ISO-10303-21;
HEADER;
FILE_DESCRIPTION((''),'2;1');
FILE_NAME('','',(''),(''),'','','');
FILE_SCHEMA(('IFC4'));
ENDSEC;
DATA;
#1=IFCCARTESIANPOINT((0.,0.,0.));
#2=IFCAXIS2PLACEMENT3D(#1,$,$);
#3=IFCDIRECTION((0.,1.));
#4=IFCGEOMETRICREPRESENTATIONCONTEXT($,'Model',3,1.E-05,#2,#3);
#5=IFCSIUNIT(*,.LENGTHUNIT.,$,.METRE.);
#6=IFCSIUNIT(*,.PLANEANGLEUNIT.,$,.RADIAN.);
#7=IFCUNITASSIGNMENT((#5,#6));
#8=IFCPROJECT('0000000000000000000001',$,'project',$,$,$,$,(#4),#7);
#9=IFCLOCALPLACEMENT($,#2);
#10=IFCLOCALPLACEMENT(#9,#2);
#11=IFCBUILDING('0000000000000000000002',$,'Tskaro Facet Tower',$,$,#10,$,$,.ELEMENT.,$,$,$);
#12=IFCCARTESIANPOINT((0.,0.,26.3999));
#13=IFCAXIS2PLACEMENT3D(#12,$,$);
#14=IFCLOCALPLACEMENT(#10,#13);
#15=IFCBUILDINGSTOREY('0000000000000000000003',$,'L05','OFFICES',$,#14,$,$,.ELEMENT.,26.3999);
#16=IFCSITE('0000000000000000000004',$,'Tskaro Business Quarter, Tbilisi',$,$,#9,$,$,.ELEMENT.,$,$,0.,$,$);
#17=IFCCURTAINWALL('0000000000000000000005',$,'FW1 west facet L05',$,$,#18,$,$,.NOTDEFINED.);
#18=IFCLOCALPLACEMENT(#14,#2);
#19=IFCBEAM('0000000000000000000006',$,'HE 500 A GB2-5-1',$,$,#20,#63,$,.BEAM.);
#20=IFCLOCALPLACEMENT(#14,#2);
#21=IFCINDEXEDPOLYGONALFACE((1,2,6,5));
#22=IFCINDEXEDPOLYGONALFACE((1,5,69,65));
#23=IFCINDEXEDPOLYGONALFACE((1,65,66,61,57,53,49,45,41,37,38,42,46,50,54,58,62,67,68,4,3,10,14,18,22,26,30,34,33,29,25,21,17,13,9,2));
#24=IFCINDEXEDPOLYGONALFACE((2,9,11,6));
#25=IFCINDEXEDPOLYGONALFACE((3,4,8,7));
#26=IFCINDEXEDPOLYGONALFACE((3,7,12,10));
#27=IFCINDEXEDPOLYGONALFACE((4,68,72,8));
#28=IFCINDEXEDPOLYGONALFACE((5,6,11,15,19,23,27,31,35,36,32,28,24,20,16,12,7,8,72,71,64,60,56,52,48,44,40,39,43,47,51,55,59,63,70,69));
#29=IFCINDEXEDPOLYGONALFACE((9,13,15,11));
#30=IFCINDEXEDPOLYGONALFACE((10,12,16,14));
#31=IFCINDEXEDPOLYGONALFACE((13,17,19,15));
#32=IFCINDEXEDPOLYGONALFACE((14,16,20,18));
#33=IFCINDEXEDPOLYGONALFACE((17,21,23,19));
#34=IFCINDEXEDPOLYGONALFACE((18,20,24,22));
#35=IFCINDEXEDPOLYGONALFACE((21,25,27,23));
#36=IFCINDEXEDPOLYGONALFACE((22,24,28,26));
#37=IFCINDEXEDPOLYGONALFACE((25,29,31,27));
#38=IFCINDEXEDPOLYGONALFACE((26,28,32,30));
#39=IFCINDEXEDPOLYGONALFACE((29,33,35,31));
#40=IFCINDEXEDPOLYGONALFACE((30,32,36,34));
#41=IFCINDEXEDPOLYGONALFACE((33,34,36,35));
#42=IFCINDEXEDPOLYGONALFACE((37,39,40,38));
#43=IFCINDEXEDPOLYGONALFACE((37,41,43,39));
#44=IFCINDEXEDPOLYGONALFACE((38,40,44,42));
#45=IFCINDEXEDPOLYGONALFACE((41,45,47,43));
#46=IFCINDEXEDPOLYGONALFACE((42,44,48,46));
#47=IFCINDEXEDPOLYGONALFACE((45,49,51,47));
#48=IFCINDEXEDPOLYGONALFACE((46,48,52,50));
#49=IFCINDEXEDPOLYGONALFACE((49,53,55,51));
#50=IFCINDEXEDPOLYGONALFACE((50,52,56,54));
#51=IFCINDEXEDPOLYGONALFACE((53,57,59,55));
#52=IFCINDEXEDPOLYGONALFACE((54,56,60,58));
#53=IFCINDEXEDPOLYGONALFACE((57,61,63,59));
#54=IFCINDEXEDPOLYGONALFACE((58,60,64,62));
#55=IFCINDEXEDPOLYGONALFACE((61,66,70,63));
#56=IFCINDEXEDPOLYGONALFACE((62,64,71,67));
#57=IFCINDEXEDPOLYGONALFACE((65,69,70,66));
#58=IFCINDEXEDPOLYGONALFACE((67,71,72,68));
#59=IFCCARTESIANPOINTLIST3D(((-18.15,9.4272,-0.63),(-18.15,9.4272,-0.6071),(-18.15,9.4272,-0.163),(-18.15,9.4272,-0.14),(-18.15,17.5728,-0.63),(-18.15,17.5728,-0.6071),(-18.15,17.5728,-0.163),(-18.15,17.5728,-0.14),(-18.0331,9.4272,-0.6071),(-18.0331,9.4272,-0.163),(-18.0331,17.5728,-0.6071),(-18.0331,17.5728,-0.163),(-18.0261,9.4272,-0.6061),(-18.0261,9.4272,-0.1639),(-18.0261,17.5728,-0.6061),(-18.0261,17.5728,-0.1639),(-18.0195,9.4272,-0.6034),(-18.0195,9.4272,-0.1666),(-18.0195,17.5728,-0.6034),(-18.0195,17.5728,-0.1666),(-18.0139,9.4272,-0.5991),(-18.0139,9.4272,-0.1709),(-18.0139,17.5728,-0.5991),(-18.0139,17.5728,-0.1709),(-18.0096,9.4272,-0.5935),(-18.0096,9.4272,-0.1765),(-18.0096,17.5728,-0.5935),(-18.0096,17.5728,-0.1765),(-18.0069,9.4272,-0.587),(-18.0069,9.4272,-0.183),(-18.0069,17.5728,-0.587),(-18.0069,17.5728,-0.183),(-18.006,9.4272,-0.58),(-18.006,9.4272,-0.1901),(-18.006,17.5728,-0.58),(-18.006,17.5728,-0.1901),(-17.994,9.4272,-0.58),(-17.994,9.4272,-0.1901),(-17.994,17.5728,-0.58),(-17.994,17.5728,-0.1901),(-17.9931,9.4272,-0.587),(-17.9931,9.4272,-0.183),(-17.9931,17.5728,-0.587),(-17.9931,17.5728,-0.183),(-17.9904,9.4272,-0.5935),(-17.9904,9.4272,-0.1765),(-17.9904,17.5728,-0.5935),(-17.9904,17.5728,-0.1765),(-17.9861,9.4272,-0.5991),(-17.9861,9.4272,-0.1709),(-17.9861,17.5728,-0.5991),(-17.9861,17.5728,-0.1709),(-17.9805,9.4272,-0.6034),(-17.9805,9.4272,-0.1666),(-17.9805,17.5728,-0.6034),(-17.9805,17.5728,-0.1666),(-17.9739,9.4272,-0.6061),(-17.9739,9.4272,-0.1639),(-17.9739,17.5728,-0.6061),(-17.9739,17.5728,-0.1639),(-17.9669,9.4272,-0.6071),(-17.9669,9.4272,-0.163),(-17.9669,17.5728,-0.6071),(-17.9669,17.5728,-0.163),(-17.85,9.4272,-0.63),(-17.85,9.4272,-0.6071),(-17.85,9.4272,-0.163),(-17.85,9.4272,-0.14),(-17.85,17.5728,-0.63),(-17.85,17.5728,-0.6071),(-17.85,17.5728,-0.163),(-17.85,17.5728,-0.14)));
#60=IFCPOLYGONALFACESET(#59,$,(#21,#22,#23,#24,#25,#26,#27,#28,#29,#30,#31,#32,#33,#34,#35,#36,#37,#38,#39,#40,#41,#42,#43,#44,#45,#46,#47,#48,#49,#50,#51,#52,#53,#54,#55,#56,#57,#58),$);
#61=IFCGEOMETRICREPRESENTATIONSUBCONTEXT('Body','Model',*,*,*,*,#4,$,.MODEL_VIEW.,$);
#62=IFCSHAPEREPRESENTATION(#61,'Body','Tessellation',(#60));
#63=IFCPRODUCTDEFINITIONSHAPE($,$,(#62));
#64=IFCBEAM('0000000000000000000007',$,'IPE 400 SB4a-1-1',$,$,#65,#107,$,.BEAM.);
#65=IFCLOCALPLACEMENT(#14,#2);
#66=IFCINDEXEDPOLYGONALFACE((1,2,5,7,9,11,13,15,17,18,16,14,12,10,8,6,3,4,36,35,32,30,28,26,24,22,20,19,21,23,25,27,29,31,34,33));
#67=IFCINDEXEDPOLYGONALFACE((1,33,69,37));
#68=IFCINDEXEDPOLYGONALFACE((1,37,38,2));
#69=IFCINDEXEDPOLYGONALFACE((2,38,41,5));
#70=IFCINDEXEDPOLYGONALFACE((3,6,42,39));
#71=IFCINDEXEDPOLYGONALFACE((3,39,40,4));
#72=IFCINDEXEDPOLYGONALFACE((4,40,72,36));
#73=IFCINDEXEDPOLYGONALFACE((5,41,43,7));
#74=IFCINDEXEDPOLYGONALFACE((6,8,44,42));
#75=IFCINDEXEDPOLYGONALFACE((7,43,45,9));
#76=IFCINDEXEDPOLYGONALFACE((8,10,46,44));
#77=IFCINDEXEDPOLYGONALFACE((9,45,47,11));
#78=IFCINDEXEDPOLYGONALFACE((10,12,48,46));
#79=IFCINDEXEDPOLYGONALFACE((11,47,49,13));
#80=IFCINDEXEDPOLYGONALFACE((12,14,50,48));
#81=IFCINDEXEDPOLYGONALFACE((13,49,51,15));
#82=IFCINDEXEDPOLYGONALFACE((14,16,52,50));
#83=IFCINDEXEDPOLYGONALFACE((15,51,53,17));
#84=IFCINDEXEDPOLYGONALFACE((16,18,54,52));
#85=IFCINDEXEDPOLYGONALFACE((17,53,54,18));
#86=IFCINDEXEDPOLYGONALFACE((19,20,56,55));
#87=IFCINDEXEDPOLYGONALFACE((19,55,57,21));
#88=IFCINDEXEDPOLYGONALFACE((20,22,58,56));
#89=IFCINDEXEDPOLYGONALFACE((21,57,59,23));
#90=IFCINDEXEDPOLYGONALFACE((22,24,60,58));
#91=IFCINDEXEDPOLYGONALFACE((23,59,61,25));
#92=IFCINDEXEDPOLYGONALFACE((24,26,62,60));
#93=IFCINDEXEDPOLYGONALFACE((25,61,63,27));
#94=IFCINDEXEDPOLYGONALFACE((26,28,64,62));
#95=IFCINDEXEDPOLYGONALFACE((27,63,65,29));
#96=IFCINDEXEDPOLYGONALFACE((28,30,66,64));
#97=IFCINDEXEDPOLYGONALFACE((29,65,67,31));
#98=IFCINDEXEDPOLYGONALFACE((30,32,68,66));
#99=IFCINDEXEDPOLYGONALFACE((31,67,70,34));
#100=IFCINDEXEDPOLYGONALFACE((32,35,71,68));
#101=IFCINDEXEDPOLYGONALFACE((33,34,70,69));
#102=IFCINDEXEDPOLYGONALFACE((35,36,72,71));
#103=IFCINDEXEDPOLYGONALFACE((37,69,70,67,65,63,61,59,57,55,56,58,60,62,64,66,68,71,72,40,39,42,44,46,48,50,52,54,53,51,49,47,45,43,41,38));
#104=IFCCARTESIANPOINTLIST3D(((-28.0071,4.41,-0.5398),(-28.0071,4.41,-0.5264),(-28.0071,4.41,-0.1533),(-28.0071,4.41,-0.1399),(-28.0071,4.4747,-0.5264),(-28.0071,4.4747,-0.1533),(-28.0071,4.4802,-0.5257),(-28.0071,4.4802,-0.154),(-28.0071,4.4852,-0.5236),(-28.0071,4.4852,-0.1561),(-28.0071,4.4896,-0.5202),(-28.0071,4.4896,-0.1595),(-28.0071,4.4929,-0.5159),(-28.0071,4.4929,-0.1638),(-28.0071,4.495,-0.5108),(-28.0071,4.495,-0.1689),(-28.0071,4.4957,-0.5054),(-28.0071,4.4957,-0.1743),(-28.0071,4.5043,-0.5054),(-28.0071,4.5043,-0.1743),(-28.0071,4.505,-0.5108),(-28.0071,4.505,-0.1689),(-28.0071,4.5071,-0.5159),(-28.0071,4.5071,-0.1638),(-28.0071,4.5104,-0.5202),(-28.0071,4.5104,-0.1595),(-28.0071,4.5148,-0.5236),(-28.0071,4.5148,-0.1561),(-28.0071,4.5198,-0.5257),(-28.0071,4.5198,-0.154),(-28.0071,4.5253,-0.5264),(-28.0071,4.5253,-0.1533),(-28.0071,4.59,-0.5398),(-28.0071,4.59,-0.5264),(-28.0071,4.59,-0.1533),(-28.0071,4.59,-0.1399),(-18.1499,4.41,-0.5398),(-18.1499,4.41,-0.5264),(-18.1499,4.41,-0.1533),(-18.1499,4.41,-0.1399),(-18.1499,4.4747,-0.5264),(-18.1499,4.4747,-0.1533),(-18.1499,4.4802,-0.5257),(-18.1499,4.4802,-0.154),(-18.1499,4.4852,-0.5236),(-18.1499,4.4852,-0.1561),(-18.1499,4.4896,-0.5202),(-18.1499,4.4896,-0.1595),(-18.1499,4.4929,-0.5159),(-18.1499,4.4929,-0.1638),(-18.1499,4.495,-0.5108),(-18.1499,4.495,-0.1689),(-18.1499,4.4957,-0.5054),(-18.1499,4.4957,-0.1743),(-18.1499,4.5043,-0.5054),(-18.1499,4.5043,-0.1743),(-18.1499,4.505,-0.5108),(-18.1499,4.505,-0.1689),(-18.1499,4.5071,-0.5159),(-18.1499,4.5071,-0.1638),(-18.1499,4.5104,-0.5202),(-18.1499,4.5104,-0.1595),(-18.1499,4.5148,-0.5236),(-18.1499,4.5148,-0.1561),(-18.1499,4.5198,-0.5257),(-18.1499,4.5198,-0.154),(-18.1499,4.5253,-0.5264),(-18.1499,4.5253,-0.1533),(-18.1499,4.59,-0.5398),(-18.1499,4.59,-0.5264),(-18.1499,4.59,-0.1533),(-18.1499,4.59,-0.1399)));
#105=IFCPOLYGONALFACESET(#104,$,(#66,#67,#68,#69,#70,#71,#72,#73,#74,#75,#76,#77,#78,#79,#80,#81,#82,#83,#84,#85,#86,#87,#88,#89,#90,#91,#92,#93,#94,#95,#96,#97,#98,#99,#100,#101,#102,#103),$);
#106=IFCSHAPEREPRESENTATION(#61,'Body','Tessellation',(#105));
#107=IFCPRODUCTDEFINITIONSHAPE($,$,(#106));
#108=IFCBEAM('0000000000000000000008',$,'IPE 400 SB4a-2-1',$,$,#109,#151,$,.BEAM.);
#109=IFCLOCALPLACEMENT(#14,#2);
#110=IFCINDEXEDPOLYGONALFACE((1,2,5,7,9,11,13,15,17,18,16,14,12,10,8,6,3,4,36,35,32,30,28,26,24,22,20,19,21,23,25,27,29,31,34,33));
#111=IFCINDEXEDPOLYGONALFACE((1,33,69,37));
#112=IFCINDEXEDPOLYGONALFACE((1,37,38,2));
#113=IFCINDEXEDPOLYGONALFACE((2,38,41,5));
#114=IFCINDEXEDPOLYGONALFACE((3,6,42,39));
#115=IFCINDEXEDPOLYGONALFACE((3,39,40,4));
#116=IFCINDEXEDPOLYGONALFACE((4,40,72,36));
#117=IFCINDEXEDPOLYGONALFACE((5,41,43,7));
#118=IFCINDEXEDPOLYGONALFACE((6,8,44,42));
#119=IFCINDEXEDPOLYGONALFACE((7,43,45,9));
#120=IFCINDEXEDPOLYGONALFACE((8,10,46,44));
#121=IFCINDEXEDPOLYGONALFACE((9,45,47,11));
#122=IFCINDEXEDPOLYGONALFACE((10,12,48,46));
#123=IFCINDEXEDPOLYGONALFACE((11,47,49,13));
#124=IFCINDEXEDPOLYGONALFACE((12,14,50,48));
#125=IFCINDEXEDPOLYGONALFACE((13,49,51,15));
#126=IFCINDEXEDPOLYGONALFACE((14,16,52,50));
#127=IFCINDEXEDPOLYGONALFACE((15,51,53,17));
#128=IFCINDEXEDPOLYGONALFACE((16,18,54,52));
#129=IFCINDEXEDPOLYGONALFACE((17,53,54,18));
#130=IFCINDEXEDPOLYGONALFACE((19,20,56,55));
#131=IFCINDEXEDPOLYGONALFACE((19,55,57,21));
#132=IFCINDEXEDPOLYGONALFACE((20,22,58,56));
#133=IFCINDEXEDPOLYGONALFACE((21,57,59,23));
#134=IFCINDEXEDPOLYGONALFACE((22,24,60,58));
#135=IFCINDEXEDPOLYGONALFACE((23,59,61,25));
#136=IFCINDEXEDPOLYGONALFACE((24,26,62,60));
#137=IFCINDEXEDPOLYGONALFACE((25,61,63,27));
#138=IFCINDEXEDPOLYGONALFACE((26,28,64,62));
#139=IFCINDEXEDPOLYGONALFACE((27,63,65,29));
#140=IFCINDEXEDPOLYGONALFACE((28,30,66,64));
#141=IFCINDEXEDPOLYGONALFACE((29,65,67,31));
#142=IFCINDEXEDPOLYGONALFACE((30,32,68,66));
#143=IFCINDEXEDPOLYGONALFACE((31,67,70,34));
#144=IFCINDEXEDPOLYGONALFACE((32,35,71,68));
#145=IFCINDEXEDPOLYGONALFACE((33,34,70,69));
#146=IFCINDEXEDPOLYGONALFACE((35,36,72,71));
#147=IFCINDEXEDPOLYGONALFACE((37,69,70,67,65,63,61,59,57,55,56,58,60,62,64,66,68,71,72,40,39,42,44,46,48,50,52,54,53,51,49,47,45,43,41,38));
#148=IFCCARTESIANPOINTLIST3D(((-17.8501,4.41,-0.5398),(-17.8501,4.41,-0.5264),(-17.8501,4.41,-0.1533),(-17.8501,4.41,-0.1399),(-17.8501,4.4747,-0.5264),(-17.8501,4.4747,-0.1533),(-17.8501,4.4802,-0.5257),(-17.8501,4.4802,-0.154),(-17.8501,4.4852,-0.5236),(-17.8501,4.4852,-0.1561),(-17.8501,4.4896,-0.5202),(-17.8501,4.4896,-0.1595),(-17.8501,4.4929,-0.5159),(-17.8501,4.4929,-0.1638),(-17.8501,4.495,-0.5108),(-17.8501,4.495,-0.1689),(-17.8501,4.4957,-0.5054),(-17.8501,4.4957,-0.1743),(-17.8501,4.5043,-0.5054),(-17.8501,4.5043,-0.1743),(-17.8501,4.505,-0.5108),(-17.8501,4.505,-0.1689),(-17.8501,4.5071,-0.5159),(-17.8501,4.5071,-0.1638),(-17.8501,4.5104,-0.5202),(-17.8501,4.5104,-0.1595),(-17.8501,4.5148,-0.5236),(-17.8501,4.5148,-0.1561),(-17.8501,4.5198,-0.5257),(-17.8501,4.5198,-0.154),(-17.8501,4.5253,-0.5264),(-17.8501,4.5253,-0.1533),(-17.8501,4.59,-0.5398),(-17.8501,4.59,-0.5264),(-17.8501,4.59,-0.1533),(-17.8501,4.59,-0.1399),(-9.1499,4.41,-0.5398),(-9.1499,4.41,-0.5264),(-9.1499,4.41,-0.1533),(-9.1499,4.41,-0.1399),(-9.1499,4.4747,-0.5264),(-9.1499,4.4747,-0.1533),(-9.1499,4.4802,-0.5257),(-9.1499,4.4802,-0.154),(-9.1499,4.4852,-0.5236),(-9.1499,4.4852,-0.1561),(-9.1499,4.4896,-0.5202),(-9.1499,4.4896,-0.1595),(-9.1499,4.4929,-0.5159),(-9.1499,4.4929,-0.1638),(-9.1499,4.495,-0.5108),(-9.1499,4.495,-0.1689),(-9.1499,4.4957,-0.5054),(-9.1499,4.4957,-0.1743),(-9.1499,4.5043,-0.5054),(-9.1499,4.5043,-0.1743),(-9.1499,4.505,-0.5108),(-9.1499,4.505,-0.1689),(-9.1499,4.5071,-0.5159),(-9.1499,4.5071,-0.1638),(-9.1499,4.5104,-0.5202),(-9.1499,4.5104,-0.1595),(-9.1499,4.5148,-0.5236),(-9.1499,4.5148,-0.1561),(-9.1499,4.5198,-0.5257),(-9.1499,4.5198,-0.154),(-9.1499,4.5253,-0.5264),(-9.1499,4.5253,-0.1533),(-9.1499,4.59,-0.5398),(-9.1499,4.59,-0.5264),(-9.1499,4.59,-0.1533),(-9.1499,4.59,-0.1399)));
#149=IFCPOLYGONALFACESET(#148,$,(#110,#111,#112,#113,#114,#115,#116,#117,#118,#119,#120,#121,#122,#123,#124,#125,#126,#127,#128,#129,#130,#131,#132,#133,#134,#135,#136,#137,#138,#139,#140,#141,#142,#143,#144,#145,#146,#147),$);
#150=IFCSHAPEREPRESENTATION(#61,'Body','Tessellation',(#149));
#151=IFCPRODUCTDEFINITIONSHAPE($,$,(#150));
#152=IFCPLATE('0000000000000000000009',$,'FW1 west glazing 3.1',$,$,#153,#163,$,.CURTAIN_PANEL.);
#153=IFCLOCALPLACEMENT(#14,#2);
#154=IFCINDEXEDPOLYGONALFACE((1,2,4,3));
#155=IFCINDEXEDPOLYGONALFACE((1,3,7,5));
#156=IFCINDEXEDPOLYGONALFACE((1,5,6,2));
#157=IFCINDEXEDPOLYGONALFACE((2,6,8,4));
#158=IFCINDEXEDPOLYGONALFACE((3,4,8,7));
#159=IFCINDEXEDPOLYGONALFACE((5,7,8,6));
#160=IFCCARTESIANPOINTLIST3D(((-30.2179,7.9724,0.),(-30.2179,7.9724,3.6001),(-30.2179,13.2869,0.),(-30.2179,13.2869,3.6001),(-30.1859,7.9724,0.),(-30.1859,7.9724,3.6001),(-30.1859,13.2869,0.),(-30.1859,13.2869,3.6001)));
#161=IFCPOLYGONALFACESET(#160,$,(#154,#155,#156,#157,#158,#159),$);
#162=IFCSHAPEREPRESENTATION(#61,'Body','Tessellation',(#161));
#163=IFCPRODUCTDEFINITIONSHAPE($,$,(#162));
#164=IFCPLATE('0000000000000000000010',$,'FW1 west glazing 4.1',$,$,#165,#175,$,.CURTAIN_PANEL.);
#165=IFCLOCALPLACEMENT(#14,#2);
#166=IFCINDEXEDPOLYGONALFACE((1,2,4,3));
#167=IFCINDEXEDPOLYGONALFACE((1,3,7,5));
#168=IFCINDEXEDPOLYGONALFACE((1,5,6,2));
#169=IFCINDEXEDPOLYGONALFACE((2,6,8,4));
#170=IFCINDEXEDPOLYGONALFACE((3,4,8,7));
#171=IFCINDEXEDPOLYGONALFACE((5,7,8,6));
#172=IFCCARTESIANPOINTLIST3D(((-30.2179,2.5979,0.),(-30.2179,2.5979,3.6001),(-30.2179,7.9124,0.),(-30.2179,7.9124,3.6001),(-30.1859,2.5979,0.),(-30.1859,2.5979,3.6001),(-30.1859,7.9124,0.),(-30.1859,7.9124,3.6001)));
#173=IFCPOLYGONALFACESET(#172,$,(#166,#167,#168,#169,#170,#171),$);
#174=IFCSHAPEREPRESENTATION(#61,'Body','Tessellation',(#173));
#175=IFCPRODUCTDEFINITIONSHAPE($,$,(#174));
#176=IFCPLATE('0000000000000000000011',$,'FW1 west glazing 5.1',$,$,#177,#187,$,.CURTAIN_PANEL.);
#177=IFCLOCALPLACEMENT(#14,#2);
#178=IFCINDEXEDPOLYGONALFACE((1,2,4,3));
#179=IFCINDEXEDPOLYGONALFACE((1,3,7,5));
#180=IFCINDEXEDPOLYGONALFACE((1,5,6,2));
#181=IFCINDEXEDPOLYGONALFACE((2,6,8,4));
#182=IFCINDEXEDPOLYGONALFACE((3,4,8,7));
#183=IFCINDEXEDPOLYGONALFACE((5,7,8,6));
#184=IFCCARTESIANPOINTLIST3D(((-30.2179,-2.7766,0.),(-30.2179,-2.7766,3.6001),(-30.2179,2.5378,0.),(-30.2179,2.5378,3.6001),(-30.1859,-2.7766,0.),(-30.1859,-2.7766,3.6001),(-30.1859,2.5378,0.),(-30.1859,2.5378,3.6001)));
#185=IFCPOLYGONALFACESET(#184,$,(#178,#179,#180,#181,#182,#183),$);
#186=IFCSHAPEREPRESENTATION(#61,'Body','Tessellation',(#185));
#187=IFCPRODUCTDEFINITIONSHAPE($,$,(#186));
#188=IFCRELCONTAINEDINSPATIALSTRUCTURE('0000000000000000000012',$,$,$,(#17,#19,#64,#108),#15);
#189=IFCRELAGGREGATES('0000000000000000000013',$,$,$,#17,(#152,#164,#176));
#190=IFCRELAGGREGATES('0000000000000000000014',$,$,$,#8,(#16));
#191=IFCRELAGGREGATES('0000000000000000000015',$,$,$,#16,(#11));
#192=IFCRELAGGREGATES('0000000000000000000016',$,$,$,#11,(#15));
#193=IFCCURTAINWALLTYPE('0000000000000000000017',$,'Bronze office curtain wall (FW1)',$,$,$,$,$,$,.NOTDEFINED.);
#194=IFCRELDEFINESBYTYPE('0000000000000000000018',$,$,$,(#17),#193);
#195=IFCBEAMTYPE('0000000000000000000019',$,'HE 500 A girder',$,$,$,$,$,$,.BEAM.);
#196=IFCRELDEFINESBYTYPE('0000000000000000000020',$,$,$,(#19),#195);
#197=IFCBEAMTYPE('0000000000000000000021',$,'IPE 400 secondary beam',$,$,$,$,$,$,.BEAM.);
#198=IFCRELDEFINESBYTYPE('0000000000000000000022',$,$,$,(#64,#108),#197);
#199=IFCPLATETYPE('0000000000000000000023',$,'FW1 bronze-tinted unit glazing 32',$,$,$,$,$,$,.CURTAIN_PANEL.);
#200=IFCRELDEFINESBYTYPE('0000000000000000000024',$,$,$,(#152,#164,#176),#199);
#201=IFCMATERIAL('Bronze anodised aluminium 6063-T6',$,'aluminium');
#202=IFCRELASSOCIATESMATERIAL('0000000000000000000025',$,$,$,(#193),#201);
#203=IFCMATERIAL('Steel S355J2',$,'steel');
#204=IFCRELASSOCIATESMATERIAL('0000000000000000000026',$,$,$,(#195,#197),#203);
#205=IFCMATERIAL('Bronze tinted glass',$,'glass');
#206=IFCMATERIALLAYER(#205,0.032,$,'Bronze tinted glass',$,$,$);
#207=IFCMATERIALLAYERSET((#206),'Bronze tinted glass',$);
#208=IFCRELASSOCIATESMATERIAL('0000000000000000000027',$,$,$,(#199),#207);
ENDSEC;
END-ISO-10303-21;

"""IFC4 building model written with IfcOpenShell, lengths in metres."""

from ifc_helpers import new_model, si_unit, direction, frame, origin, origin_2d, place, context, subcontext, project, spatial, rectangle, i_section, extrude, material, layer, layer_set, material_profile, profile_set, type_object, element, aggregate, save


model = new_model("IFC4")

# Units and contexts
model_context = context("Model", 3, precision=1e-05, world=origin(), true_north=direction((0.0, 1.0)))
body_context = subcontext(model_context, "Body", "Model", "MODEL_VIEW")
ifc_project = project(units=[si_unit("LENGTHUNIT", "METRE"), si_unit("PLANEANGLEUNIT", "RADIAN")], contexts=[model_context])

# Site, building, storey
site_placement = place(None, origin())
site = spatial("IfcSite", under=ifc_project, at=site_placement, Name="Tskaro Business Quarter, Tbilisi", CompositionType="ELEMENT", RefElevation=0.0)
building_placement = place(site_placement, origin())
building = spatial("IfcBuilding", under=site, at=building_placement, Name="Tskaro Facet Tower", CompositionType="ELEMENT")
storey_placement = place(building_placement, frame((0.0, 0.0, 26.3999)))
storey = spatial("IfcBuildingStorey", under=building, at=storey_placement, Name="L05", Description="OFFICES", CompositionType="ELEMENT", Elevation=26.3999)

# Curtain wall
ifc_material_1 = material(Name="Bronze anodised aluminium 6063-T6", Category="aluminium")
curtain_wall_type = type_object("IfcCurtainWallType", Name="Bronze office curtain wall (FW1)", PredefinedType="NOTDEFINED", material=ifc_material_1)
curtain_wall_placement = place(storey_placement, origin())
curtain_wall = element("IfcCurtainWall", 1, at=curtain_wall_placement, inside=storey, type_object=curtain_wall_type, Name="FW1 west facet L05", PredefinedType="NOTDEFINED")

# Beams
ifc_material_2 = material(Name="Steel S355J2", Category="steel")
ifc_material_profile_1 = material_profile(ifc_material_2, i_section(OverallWidth=0.3, OverallDepth=0.49, WebThickness=0.012, FlangeThickness=0.0229, FilletRadius=0.0271, at=origin_2d()), Name="HE 500 A")
ifc_profile_set_1 = profile_set([ifc_material_profile_1], Name="Steel S355J2")
beam_type_1 = type_object("IfcBeamType", Name="HE 500 A girder", PredefinedType="BEAM", material=ifc_profile_set_1)
for number, where, z_axis, x_axis, name in (
    (2, (-18.0, 9.4272, -0.385), (0.0, 1.0, 0.0), (-1.0, 0.0, 0.0), "HE 500 A GB2-5-1"),
):
    element("IfcBeam", number, at=place(storey_placement, frame(where, z_axis=z_axis, x_axis=x_axis)), inside=storey, type_object=beam_type_1, Name=name, PredefinedType="BEAM", context=body_context, shape_type="SweptSolid", body=[
        extrude(i_section(OverallWidth=0.3, OverallDepth=0.49, WebThickness=0.012, FlangeThickness=0.0229, FilletRadius=0.0271, at=origin_2d()), origin(), (0.0, 0.0, 1.0), 8.1455),
    ])
ifc_material_profile_2 = material_profile(ifc_material_2, i_section(OverallWidth=0.1799, OverallDepth=0.3999, WebThickness=0.0085, FlangeThickness=0.0134, FilletRadius=0.021, at=origin_2d()), Name="IPE 400")
ifc_profile_set_2 = profile_set([ifc_material_profile_2], Name="Steel S355J2")
beam_type_2 = type_object("IfcBeamType", Name="IPE 400 secondary beam", PredefinedType="BEAM", material=ifc_profile_set_2)
beam_1_placement = place(storey_placement, frame((-28.0071, 4.5, -0.3398), z_axis=(1.0, 0.0, 0.0), x_axis=(0.0, 1.0, 0.0)))
element("IfcBeam", 3, at=beam_1_placement, inside=storey, type_object=beam_type_2, Name="IPE 400 SB4a-1-1", PredefinedType="BEAM", context=body_context, shape_type="SweptSolid", body=[
    extrude(i_section(OverallWidth=0.1799, OverallDepth=0.3999, WebThickness=0.0085, FlangeThickness=0.0134, FilletRadius=0.021, at=origin_2d()), origin(), (0.0, 0.0, 1.0), 9.8572),
])
beam_2_placement = place(storey_placement, frame((-17.8501, 4.5, -0.3398), z_axis=(1.0, 0.0, 0.0), x_axis=(0.0, 1.0, 0.0)))
element("IfcBeam", 4, at=beam_2_placement, inside=storey, type_object=beam_type_2, Name="IPE 400 SB4a-2-1", PredefinedType="BEAM", context=body_context, shape_type="SweptSolid", body=[
    extrude(i_section(OverallWidth=0.1799, OverallDepth=0.3999, WebThickness=0.0085, FlangeThickness=0.0134, FilletRadius=0.021, at=origin_2d()), origin(), (0.0, 0.0, 1.0), 8.7002),
])

# Plates
ifc_material_3 = material(Name="Bronze tinted glass", Category="glass")
ifc_layer_1 = layer(ifc_material_3, 0.032, Name="Bronze tinted glass")
ifc_layer_set_1 = layer_set([ifc_layer_1], Name="Bronze tinted glass")
plate_type = type_object("IfcPlateType", Name="FW1 bronze-tinted unit glazing 32", PredefinedType="CURTAIN_PANEL", material=ifc_layer_set_1)
plate_1_placement = place(storey_placement, frame((-30.2019, 10.6296, 0.0), z_axis=(0.0, 0.0, 1.0), x_axis=(0.0, -1.0, 0.0)))
plate_1 = element("IfcPlate", 5, at=plate_1_placement, type_object=plate_type, Name="FW1 west glazing 3.1", PredefinedType="CURTAIN_PANEL", context=body_context, shape_type="SweptSolid", body=[
    extrude(rectangle(XDim=5.3145, YDim=0.032, at=origin_2d()), origin(), (0.0, 0.0, 1.0), 3.6001),
])
plate_2_placement = place(storey_placement, frame((-30.2019, 5.2551, 0.0), z_axis=(0.0, 0.0, 1.0), x_axis=(0.0, -1.0, 0.0)))
plate_2 = element("IfcPlate", 6, at=plate_2_placement, type_object=plate_type, Name="FW1 west glazing 4.1", PredefinedType="CURTAIN_PANEL", context=body_context, shape_type="SweptSolid", body=[
    extrude(rectangle(XDim=5.3145, YDim=0.032, at=origin_2d()), origin(), (0.0, 0.0, 1.0), 3.6001),
])
plate_3_placement = place(storey_placement, frame((-30.2019, -0.1194, 0.0), z_axis=(0.0, 0.0, 1.0), x_axis=(0.0, -1.0, 0.0)))
plate_3 = element("IfcPlate", 7, at=plate_3_placement, type_object=plate_type, Name="FW1 west glazing 5.1", PredefinedType="CURTAIN_PANEL", context=body_context, shape_type="SweptSolid", body=[
    extrude(rectangle(XDim=5.3145, YDim=0.032, at=origin_2d()), origin(), (0.0, 0.0, 1.0), 3.6001),
])
aggregate(curtain_wall, [plate_1, plate_2, plate_3])

save(model, "model.ifc")
